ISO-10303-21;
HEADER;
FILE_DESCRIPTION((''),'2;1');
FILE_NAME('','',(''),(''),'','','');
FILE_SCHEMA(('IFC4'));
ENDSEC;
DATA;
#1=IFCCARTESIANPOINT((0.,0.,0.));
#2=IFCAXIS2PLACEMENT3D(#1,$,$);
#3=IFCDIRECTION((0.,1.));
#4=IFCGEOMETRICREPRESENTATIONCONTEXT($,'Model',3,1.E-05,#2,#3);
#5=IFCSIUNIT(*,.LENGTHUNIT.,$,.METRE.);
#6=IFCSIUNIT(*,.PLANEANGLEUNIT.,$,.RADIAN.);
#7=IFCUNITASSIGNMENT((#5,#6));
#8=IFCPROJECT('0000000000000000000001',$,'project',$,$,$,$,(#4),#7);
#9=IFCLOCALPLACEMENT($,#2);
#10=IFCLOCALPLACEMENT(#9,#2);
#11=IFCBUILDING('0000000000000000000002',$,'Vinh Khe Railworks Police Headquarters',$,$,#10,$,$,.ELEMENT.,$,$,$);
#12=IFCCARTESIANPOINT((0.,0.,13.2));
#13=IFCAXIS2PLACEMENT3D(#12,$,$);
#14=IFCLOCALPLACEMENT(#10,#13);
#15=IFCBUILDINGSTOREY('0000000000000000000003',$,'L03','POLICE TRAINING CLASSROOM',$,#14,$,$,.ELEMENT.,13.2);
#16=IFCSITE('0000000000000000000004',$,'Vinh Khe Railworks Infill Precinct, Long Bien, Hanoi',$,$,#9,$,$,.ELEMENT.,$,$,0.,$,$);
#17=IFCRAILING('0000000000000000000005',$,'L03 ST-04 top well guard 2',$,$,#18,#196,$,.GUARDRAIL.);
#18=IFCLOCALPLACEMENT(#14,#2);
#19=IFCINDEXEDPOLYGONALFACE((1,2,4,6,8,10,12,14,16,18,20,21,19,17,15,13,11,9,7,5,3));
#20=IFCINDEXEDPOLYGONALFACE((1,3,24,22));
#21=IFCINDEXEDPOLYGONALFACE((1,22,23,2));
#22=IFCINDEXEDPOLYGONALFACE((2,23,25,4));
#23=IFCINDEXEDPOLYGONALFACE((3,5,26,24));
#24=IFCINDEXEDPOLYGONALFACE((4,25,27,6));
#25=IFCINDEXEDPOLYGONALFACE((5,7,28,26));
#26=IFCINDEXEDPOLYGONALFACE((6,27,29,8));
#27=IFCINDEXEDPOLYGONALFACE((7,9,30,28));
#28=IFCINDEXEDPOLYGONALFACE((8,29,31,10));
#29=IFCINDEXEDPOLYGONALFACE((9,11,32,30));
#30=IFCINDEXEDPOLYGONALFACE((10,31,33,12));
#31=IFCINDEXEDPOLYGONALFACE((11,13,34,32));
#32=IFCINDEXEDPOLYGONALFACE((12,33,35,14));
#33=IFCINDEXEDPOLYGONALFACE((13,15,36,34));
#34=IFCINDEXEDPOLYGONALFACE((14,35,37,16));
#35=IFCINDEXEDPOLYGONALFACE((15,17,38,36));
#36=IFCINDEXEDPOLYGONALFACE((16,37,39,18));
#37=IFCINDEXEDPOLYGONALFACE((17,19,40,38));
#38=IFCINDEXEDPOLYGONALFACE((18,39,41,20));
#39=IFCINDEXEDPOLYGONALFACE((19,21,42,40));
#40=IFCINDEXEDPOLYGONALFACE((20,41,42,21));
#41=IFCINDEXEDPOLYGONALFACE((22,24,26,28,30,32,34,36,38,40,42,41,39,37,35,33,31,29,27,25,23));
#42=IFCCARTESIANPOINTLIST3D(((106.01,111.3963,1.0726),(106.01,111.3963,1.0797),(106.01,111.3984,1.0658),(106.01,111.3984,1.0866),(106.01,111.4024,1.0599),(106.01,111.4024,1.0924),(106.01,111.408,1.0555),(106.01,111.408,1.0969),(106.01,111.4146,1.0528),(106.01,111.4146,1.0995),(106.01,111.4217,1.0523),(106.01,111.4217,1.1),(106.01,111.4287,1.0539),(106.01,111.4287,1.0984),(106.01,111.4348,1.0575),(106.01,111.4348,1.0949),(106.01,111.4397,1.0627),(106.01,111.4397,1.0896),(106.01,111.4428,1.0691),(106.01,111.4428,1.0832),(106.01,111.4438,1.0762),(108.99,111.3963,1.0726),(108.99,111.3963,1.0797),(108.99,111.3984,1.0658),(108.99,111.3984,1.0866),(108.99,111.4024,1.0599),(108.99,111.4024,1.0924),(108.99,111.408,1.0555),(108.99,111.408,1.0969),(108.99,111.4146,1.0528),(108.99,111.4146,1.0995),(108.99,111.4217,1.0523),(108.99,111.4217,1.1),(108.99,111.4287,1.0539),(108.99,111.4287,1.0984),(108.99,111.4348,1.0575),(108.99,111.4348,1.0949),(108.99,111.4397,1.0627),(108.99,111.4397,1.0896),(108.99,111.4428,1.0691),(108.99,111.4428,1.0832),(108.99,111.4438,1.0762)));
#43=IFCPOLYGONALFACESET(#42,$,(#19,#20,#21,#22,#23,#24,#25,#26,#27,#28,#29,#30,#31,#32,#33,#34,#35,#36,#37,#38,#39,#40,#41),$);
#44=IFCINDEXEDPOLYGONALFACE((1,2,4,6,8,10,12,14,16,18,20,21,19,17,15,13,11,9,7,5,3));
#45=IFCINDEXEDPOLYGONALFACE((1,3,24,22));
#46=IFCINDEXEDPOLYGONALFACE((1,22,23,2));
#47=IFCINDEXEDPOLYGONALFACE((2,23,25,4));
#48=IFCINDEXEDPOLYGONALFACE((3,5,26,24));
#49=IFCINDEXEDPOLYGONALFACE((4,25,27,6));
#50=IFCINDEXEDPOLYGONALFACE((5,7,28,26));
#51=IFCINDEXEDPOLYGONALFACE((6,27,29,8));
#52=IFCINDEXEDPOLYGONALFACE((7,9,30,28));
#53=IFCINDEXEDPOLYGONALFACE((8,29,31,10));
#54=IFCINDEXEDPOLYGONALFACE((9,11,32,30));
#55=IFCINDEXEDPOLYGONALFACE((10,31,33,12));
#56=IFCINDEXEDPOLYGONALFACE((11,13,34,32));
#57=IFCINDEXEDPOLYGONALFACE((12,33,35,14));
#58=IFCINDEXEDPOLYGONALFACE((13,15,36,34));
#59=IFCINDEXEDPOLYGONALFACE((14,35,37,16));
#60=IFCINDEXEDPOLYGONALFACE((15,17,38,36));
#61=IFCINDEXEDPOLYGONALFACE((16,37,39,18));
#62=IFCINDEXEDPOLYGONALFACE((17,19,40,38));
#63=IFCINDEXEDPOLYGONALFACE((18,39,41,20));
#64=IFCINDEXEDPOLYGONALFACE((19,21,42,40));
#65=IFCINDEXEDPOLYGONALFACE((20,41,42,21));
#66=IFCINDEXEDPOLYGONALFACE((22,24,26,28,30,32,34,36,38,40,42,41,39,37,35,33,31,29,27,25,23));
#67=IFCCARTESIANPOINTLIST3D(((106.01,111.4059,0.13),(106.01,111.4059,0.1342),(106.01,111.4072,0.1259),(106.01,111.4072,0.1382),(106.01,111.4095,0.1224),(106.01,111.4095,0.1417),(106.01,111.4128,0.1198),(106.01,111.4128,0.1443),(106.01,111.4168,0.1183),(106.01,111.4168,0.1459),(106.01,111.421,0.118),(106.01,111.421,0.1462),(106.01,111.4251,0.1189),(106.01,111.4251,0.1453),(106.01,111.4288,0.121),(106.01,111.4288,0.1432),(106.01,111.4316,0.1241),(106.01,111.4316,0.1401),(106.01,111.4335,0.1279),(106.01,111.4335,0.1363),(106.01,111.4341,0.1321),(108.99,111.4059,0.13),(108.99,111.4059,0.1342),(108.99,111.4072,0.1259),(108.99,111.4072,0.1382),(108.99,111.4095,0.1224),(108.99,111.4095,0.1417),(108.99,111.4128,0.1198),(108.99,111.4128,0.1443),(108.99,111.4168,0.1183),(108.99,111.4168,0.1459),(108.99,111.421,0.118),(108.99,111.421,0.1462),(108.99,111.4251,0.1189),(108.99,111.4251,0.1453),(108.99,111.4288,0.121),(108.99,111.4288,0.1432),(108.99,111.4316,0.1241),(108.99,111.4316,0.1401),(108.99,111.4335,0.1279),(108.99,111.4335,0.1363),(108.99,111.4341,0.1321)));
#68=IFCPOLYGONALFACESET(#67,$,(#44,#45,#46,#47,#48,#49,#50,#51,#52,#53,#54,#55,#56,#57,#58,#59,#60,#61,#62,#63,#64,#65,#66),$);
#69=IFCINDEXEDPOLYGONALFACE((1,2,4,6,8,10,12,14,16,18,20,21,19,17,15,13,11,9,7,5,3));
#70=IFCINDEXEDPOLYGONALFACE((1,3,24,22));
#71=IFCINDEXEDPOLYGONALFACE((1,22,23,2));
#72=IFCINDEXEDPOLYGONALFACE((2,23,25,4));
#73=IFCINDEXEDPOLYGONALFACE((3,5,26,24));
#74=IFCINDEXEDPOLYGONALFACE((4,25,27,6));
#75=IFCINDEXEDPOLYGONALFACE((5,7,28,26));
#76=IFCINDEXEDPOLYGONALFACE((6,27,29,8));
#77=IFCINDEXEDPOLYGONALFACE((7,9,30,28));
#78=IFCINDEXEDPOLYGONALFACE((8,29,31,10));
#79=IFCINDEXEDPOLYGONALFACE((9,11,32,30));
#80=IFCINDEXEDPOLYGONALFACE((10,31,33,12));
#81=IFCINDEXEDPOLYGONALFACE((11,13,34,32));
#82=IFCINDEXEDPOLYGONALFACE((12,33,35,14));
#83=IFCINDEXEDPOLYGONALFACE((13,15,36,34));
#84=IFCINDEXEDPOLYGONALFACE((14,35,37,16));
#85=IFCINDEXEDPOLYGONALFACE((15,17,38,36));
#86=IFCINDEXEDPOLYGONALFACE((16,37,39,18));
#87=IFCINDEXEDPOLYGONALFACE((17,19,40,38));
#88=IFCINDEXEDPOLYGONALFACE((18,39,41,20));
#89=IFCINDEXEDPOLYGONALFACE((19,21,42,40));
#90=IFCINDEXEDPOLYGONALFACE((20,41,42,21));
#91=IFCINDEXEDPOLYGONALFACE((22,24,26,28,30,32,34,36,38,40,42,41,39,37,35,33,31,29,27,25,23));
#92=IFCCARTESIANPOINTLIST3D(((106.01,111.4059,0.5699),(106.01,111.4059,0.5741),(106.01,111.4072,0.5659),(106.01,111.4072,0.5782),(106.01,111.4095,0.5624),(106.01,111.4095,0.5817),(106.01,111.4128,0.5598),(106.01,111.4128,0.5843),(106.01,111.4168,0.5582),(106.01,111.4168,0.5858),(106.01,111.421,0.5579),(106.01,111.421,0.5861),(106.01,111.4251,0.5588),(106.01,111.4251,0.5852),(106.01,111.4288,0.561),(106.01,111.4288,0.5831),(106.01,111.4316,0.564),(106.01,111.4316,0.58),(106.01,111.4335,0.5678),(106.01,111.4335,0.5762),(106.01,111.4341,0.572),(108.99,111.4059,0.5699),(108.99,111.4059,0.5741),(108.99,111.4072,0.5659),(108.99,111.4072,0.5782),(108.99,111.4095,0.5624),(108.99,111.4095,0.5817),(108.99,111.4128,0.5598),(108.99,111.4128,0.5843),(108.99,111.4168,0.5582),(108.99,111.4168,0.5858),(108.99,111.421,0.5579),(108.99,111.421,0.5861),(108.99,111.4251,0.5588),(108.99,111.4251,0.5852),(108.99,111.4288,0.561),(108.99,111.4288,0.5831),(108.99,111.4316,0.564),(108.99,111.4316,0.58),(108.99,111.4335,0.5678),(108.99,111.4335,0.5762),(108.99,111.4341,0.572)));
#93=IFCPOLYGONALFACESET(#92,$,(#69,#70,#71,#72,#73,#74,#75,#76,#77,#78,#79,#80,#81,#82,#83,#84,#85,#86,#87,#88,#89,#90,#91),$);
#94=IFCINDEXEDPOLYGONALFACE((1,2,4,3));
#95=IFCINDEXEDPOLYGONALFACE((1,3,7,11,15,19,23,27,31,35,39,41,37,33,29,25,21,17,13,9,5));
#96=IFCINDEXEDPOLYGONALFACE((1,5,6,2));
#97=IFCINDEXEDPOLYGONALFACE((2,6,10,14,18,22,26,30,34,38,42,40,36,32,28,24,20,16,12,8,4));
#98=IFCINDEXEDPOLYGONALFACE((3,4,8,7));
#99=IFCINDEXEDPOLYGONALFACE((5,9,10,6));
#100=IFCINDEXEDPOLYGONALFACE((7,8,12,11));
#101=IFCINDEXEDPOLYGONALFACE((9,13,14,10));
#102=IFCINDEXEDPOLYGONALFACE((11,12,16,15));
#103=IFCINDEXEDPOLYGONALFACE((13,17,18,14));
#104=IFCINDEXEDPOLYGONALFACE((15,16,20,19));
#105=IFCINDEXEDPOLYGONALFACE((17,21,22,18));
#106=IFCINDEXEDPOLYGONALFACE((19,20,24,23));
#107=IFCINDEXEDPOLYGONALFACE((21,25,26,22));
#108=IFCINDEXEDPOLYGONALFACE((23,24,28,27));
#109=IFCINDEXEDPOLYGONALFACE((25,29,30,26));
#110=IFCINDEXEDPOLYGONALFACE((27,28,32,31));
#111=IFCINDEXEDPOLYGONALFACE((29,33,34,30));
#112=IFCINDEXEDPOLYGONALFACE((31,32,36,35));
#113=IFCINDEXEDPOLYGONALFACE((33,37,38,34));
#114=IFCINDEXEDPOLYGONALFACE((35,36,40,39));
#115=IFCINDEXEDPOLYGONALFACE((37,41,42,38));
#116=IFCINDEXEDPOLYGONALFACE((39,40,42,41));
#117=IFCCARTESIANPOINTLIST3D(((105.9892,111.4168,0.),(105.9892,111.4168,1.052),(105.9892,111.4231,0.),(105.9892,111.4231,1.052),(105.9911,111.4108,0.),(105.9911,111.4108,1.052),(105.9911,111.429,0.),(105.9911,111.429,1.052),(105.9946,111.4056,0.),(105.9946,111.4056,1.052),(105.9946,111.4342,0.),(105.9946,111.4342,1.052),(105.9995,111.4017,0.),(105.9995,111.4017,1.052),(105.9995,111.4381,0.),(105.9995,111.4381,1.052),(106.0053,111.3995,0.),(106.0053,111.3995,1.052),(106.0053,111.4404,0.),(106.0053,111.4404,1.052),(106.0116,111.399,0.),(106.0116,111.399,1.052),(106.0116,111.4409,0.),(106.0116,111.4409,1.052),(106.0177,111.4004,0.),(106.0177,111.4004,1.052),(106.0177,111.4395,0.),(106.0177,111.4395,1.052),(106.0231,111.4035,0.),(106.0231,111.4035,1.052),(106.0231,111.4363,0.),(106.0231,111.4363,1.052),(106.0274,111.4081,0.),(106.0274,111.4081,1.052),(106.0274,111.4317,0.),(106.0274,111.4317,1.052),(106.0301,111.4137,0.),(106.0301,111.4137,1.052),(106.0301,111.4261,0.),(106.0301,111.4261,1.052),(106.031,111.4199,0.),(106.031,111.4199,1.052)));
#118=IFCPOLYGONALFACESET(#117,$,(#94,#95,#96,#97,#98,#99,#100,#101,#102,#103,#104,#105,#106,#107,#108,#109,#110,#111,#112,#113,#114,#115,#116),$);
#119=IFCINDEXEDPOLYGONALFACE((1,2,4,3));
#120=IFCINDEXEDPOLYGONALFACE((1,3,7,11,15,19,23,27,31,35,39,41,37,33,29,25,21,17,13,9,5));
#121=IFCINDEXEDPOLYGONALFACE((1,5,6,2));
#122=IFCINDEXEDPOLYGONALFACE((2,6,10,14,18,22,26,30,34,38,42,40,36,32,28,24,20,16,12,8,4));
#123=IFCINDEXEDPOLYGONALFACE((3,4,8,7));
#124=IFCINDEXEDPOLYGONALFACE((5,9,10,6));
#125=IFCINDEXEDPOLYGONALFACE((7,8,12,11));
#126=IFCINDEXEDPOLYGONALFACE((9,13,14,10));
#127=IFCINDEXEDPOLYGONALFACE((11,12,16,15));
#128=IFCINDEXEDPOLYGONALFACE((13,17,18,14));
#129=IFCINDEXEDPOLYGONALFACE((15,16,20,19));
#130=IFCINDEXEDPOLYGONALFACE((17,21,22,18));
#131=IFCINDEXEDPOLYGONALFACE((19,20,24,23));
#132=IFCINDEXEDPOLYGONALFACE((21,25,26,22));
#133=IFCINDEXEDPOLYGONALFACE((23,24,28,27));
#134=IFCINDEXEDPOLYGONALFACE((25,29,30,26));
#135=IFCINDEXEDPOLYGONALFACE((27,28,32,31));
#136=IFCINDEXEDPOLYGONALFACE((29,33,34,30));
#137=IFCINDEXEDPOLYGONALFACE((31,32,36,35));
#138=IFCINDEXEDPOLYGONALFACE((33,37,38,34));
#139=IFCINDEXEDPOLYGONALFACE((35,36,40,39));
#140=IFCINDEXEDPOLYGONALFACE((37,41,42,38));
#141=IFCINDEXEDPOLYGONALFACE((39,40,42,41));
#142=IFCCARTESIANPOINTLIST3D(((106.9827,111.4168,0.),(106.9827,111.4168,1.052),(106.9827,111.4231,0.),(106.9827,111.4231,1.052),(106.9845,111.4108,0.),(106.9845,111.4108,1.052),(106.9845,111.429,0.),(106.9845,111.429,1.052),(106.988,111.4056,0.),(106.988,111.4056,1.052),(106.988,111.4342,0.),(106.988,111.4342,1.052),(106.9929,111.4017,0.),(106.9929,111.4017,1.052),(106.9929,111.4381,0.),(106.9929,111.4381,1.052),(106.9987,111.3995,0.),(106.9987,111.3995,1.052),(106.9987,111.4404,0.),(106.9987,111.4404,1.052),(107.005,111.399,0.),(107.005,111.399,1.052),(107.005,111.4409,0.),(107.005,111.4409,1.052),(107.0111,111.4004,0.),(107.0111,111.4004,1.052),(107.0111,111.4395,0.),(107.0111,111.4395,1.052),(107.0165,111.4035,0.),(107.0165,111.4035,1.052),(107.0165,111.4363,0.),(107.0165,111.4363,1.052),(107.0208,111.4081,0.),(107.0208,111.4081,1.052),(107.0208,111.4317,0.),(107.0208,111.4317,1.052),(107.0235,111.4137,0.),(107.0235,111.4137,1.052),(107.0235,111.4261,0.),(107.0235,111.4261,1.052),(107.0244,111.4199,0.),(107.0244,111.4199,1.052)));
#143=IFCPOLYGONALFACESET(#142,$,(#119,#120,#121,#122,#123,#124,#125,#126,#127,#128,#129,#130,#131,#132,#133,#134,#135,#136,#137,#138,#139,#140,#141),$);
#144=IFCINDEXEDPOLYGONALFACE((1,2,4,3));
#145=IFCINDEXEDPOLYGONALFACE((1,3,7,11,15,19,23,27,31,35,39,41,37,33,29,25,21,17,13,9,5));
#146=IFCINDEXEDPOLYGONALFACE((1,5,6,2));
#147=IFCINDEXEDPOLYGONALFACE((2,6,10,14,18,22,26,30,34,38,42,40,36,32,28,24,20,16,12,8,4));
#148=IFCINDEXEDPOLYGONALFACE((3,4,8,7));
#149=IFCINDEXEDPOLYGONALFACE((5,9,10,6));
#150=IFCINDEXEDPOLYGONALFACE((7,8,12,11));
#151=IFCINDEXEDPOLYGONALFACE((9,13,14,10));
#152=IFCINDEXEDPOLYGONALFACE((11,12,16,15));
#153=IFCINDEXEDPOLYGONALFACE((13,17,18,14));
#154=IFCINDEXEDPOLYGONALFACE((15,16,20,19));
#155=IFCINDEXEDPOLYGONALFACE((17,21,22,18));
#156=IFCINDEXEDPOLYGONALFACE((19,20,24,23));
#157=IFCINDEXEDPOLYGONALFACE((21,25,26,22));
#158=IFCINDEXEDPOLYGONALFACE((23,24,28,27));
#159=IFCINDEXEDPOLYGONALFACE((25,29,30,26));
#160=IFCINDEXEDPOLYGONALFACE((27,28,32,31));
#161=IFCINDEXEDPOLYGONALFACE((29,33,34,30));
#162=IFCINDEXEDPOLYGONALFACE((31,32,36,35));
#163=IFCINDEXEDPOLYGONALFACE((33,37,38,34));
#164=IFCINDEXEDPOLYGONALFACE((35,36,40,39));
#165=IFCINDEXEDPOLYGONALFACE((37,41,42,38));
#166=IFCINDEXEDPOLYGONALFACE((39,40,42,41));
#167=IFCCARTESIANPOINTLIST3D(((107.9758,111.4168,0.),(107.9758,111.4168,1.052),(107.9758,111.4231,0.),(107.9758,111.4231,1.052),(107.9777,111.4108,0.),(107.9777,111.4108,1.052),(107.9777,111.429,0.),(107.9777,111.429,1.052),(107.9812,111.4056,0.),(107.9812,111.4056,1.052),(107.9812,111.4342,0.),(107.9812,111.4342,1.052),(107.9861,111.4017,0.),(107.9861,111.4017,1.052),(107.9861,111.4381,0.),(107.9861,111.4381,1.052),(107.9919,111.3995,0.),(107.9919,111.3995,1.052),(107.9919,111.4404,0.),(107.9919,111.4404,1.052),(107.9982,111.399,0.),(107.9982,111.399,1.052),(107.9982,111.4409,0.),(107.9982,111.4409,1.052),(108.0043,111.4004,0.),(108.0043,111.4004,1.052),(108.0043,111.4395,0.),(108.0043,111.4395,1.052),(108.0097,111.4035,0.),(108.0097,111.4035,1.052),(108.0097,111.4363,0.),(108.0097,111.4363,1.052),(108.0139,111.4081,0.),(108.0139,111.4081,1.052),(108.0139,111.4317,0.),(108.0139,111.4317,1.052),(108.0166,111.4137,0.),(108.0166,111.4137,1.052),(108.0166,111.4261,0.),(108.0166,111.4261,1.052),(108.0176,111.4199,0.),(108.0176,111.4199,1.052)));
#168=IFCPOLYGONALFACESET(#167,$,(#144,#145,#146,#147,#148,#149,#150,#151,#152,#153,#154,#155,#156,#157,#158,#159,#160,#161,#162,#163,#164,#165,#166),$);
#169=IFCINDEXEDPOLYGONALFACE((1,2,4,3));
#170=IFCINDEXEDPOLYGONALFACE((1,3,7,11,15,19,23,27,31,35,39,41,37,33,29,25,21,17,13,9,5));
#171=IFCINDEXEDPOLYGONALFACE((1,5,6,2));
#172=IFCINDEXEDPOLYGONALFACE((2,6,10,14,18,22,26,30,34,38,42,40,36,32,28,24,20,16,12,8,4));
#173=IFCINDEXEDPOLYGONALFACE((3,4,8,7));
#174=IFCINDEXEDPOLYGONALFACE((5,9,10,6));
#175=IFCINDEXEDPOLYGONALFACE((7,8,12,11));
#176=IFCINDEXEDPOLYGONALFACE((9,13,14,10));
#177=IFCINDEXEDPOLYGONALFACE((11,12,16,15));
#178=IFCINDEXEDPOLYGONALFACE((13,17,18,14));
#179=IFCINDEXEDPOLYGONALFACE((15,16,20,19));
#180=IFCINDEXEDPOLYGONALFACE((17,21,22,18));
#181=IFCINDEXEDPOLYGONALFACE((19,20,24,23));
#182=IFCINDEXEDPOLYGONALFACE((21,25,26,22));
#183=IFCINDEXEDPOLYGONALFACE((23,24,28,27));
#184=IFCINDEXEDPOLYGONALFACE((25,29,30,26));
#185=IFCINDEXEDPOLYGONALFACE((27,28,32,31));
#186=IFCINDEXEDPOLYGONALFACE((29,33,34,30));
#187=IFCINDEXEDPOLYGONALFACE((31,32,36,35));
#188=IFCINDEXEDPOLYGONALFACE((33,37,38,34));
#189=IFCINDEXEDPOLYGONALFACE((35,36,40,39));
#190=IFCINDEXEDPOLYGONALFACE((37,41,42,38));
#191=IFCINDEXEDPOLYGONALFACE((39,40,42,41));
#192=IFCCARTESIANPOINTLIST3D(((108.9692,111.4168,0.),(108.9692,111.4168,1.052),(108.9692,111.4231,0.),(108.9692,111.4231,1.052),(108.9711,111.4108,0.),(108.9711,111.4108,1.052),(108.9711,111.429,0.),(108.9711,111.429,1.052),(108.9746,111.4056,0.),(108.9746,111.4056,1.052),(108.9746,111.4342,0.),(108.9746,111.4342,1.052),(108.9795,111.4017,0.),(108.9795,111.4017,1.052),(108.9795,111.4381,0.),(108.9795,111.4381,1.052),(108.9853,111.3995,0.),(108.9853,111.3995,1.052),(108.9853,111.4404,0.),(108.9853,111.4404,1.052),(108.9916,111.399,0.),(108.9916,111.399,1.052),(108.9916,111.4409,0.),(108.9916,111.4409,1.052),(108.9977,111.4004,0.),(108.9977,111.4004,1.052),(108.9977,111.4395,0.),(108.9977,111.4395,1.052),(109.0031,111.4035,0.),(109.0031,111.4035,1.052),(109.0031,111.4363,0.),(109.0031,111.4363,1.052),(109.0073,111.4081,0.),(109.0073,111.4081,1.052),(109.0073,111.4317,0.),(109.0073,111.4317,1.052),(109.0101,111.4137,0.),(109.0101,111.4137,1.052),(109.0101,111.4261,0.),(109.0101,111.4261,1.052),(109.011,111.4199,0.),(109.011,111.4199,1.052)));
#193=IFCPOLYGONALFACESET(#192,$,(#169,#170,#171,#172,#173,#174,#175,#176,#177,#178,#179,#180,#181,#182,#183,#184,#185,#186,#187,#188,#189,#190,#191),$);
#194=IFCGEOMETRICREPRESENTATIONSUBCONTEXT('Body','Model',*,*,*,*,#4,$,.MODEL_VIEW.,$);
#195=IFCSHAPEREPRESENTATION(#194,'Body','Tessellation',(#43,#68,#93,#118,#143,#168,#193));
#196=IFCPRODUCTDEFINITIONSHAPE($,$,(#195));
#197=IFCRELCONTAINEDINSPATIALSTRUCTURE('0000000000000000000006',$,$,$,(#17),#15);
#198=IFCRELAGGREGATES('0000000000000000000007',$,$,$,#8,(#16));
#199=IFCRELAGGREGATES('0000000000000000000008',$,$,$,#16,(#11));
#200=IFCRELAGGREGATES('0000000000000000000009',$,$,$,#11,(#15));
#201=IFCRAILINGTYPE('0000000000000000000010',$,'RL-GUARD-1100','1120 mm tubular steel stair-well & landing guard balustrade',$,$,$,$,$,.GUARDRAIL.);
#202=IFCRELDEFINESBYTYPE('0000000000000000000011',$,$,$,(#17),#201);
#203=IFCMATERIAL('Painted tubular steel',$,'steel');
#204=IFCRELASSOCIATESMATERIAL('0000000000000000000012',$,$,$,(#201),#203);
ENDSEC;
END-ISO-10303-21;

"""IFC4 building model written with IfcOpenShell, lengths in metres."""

from ifc_helpers import new_model, si_unit, direction, frame, origin, origin_2d, place, context, subcontext, project, spatial, circle, extrude, material, type_object, element, save


model = new_model("IFC4")

# Units and contexts
model_context = context("Model", 3, precision=1e-05, world=origin(), true_north=direction((0.0, 1.0)))
body_context = subcontext(model_context, "Body", "Model", "MODEL_VIEW")
ifc_project = project(units=[si_unit("LENGTHUNIT", "METRE"), si_unit("PLANEANGLEUNIT", "RADIAN")], contexts=[model_context])

# Site, building, storey
site_placement = place(None, origin())
site = spatial("IfcSite", under=ifc_project, at=site_placement, Name="Vinh Khe Railworks Infill Precinct, Long Bien, Hanoi", CompositionType="ELEMENT", RefElevation=0.0)
building_placement = place(site_placement, origin())
building = spatial("IfcBuilding", under=site, at=building_placement, Name="Vinh Khe Railworks Police Headquarters", CompositionType="ELEMENT")
storey_placement = place(building_placement, frame((0.0, 0.0, 13.2)))
storey = spatial("IfcBuildingStorey", under=building, at=storey_placement, Name="L03", Description="POLICE TRAINING CLASSROOM", CompositionType="ELEMENT", Elevation=13.2)

# Railing
ifc_material_1 = material(Name="Painted tubular steel", Category="steel")
railing_type = type_object("IfcRailingType", Name="RL-GUARD-1100", Description="1120 mm tubular steel stair-well & landing guard balustrade", PredefinedType="GUARDRAIL", material=ifc_material_1)
railing_1_placement = place(storey_placement, frame((106.01, 111.4199, 0.0)))
element("IfcRailing", 1, at=railing_1_placement, inside=storey, type_object=railing_type, Name="L03 ST-04 top well guard 2", PredefinedType="GUARDRAIL", context=body_context, shape_type="SweptSolid", body=[
    extrude(circle(Radius=0.0239, at=origin_2d()), frame((0.0, 0.0, 1.0762), z_axis=(1.0, 0.0, 0.0), x_axis=(0.0, 1.0, 0.0)), (0.0, 0.0, 1.0), 2.98),
    extrude(circle(Radius=0.0142, at=origin_2d()), frame((0.0, 0.0, 0.1321), z_axis=(1.0, 0.0, 0.0), x_axis=(0.0, 1.0, 0.0)), (0.0, 0.0, 1.0), 2.98),
    extrude(circle(Radius=0.0142, at=origin_2d()), frame((0.0, 0.0, 0.572), z_axis=(1.0, 0.0, 0.0), x_axis=(0.0, 1.0, 0.0)), (0.0, 0.0, 1.0), 2.98),
    extrude(circle(Radius=0.021, at=origin_2d()), origin(), (0.0, 0.0, 1.0), 1.052),
    extrude(circle(Radius=0.021, at=origin_2d()), frame((0.9934, 0.0, 0.0)), (0.0, 0.0, 1.0), 1.052),
    extrude(circle(Radius=0.021, at=origin_2d()), frame((1.9866, 0.0, 0.0)), (0.0, 0.0, 1.0), 1.052),
    extrude(circle(Radius=0.021, at=origin_2d()), frame((2.98, 0.0, 0.0)), (0.0, 0.0, 1.0), 1.052),
])

save(model, "model.ifc")
